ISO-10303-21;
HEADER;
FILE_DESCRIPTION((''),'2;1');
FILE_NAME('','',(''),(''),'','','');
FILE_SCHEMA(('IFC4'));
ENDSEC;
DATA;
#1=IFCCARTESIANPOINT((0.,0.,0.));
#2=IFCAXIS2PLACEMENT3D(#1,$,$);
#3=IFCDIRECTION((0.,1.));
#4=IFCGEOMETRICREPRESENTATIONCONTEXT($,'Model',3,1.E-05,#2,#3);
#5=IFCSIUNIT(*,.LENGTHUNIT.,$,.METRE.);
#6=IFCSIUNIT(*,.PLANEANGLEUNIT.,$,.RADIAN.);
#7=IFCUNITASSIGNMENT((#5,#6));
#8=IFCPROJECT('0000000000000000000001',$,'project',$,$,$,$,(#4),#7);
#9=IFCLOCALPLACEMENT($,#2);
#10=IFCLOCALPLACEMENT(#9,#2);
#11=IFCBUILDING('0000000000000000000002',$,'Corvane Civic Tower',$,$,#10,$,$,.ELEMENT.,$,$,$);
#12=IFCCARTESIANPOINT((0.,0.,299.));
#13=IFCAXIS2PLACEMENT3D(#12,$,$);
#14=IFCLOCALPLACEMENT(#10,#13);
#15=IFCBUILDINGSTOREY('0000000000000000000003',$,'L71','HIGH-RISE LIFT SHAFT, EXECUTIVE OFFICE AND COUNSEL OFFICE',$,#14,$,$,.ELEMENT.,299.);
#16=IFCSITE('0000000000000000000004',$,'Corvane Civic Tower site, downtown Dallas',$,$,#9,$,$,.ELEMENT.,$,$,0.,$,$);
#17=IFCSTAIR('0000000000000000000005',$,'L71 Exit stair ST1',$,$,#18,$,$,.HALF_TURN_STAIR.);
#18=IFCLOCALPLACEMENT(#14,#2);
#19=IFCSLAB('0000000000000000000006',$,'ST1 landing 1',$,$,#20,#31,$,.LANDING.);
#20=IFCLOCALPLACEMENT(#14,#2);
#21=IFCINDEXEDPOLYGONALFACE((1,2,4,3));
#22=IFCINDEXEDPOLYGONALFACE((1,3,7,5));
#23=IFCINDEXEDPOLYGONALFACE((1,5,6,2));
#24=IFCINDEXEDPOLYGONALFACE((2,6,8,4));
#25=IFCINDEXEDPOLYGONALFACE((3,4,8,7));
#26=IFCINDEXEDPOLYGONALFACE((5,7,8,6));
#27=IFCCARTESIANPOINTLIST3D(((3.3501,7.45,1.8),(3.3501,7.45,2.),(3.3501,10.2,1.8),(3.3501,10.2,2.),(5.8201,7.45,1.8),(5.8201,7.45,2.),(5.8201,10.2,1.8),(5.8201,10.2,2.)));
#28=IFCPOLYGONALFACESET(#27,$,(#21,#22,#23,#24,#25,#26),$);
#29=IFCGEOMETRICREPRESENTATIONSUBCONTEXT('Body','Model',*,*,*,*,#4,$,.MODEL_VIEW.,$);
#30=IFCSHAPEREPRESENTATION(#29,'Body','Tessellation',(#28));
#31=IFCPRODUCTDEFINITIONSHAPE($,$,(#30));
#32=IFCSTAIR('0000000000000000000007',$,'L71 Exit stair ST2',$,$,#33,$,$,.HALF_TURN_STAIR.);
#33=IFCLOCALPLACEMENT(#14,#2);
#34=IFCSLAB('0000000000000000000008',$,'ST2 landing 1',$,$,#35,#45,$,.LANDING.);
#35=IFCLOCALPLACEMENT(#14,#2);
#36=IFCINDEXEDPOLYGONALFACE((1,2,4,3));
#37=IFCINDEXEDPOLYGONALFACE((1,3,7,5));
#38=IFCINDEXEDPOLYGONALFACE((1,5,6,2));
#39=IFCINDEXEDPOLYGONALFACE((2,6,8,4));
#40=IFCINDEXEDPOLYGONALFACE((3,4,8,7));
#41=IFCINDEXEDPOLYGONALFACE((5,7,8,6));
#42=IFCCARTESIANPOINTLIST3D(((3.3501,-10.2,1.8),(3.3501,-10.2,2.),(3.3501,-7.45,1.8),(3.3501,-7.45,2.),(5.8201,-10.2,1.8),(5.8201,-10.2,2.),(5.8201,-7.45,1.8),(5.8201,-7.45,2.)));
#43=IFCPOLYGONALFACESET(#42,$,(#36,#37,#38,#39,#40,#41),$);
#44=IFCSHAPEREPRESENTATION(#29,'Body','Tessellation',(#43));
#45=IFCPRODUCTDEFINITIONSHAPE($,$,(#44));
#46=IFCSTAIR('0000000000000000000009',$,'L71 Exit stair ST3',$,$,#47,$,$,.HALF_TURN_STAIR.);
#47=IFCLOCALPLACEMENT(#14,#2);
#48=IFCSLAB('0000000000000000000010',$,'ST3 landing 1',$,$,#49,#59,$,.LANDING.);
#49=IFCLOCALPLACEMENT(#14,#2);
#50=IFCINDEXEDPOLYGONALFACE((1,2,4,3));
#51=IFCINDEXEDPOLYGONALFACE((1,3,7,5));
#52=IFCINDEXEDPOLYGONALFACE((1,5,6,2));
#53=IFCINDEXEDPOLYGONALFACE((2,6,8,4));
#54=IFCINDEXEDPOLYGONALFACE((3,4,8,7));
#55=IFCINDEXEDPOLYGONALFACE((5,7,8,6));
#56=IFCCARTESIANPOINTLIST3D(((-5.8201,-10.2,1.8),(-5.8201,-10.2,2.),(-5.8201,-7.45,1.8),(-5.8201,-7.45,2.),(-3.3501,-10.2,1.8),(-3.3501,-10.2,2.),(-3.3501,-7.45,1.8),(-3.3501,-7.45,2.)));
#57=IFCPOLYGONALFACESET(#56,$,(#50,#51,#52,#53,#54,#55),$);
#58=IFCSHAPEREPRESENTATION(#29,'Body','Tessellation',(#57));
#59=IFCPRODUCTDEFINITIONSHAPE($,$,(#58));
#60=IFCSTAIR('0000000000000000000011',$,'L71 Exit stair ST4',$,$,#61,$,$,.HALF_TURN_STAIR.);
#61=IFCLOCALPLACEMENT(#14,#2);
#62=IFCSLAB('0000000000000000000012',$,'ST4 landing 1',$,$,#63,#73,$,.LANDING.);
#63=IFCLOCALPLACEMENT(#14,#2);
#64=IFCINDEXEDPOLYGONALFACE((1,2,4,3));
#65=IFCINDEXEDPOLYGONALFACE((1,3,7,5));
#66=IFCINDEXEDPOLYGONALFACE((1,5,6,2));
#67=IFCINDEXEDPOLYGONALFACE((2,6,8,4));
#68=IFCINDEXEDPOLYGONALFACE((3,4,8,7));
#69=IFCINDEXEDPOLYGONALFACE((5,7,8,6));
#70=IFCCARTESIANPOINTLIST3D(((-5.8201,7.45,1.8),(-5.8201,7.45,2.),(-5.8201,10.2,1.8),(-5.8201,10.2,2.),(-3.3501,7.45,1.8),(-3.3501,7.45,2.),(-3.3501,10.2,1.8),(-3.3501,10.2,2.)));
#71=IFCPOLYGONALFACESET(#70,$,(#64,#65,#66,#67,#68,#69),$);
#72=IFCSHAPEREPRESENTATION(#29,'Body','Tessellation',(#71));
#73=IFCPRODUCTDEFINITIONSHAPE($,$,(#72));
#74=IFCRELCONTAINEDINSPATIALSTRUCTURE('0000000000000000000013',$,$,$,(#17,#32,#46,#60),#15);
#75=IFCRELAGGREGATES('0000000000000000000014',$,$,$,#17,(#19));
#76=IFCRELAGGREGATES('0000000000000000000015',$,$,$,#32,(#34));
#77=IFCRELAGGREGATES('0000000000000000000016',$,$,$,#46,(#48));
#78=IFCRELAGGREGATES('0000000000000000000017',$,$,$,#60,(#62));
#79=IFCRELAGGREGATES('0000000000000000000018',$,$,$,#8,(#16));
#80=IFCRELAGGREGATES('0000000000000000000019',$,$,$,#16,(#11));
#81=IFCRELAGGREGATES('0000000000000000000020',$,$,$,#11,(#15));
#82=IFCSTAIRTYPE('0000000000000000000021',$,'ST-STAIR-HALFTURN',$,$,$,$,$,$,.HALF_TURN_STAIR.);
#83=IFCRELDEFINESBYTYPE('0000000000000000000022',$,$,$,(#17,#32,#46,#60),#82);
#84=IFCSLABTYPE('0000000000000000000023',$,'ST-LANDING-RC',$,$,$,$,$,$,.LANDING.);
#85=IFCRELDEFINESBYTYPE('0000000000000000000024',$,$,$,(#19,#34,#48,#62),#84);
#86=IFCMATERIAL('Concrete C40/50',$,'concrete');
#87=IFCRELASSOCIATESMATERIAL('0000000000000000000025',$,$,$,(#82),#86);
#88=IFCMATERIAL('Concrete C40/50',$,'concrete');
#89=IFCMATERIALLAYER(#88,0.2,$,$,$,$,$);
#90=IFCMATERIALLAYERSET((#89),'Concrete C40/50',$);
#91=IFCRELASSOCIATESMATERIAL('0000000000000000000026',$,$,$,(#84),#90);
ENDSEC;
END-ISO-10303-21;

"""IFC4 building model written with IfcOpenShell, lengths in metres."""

from ifc_helpers import new_model, si_unit, direction, frame, origin, place, context, subcontext, project, spatial, polyline, outline, extrude, material, layer, layer_set, type_object, element, aggregate, save


model = new_model("IFC4")

# Units and contexts
model_context = context("Model", 3, precision=1e-05, world=origin(), true_north=direction((0.0, 1.0)))
body_context = subcontext(model_context, "Body", "Model", "MODEL_VIEW")
ifc_project = project(units=[si_unit("LENGTHUNIT", "METRE"), si_unit("PLANEANGLEUNIT", "RADIAN")], contexts=[model_context])

# Site, building, storey
site_placement = place(None, origin())
site = spatial("IfcSite", under=ifc_project, at=site_placement, Name="Corvane Civic Tower site, downtown Dallas", CompositionType="ELEMENT", RefElevation=0.0)
building_placement = place(site_placement, origin())
building = spatial("IfcBuilding", under=site, at=building_placement, Name="Corvane Civic Tower", CompositionType="ELEMENT")
storey_placement = place(building_placement, frame((0.0, 0.0, 299.0)))
storey = spatial("IfcBuildingStorey", under=building, at=storey_placement, Name="L71", Description="HIGH-RISE LIFT SHAFT, EXECUTIVE OFFICE AND COUNSEL OFFICE", CompositionType="ELEMENT", Elevation=299.0)

# Stairs, slabs
ifc_material_1 = material(Name="Concrete C40/50", Category="concrete")
stair_type = type_object("IfcStairType", Name="ST-STAIR-HALFTURN", PredefinedType="HALF_TURN_STAIR", material=ifc_material_1)
stair_1_placement = place(storey_placement, origin())
stair_1 = element("IfcStair", 1, at=stair_1_placement, inside=storey, type_object=stair_type, Name="L71 Exit stair ST1", PredefinedType="HALF_TURN_STAIR")
ifc_material_2 = material(Name="Concrete C40/50", Category="concrete")
ifc_layer_1 = layer(ifc_material_2, 0.2)
ifc_layer_set_1 = layer_set([ifc_layer_1], Name="Concrete C40/50")
slab_type_1 = type_object("IfcSlabType", Name="ST-LANDING-RC", PredefinedType="LANDING", material=ifc_layer_set_1)
slab_1_placement = place(storey_placement, frame((0.0, 0.0, 1.8)))
slab_1 = element("IfcSlab", 2, at=slab_1_placement, type_object=slab_type_1, Name="ST1 landing 1", PredefinedType="LANDING", context=body_context, shape_type="SweptSolid", body=[
    extrude(outline(polyline([(5.8201, 10.2), (3.3501, 10.2), (3.3501, 7.45), (5.8201, 7.45), (5.8201, 10.2)])), origin(), (0.0, 0.0, 1.0), 0.2),
])
aggregate(stair_1, [slab_1])
stair_2_placement = place(storey_placement, origin())
stair_2 = element("IfcStair", 3, at=stair_2_placement, inside=storey, type_object=stair_type, Name="L71 Exit stair ST2", PredefinedType="HALF_TURN_STAIR")
slab_2_placement = place(storey_placement, frame((0.0, 0.0, 1.8)))
slab_2 = element("IfcSlab", 4, at=slab_2_placement, type_object=slab_type_1, Name="ST2 landing 1", PredefinedType="LANDING", context=body_context, shape_type="SweptSolid", body=[
    extrude(outline(polyline([(5.8201, -7.45), (3.3501, -7.45), (3.3501, -10.2), (5.8201, -10.2), (5.8201, -7.45)])), origin(), (0.0, 0.0, 1.0), 0.2),
])
aggregate(stair_2, [slab_2])
stair_3_placement = place(storey_placement, origin())
stair_3 = element("IfcStair", 5, at=stair_3_placement, inside=storey, type_object=stair_type, Name="L71 Exit stair ST3", PredefinedType="HALF_TURN_STAIR")
slab_3_placement = place(storey_placement, frame((0.0, 0.0, 1.8)))
slab_3 = element("IfcSlab", 6, at=slab_3_placement, type_object=slab_type_1, Name="ST3 landing 1", PredefinedType="LANDING", context=body_context, shape_type="SweptSolid", body=[
    extrude(outline(polyline([(-5.8201, -10.2), (-3.3501, -10.2), (-3.3501, -7.45), (-5.8201, -7.45), (-5.8201, -10.2)])), origin(), (0.0, 0.0, 1.0), 0.2),
])
aggregate(stair_3, [slab_3])
stair_4_placement = place(storey_placement, origin())
stair_4 = element("IfcStair", 7, at=stair_4_placement, inside=storey, type_object=stair_type, Name="L71 Exit stair ST4", PredefinedType="HALF_TURN_STAIR")
slab_4_placement = place(storey_placement, frame((0.0, 0.0, 1.8)))
slab_4 = element("IfcSlab", 8, at=slab_4_placement, type_object=slab_type_1, Name="ST4 landing 1", PredefinedType="LANDING", context=body_context, shape_type="SweptSolid", body=[
    extrude(outline(polyline([(-5.8201, 7.45), (-3.3501, 7.45), (-3.3501, 10.2), (-5.8201, 10.2), (-5.8201, 7.45)])), origin(), (0.0, 0.0, 1.0), 0.2),
])

aggregate(stair_4, [slab_4])

save(model, "model.ifc")
